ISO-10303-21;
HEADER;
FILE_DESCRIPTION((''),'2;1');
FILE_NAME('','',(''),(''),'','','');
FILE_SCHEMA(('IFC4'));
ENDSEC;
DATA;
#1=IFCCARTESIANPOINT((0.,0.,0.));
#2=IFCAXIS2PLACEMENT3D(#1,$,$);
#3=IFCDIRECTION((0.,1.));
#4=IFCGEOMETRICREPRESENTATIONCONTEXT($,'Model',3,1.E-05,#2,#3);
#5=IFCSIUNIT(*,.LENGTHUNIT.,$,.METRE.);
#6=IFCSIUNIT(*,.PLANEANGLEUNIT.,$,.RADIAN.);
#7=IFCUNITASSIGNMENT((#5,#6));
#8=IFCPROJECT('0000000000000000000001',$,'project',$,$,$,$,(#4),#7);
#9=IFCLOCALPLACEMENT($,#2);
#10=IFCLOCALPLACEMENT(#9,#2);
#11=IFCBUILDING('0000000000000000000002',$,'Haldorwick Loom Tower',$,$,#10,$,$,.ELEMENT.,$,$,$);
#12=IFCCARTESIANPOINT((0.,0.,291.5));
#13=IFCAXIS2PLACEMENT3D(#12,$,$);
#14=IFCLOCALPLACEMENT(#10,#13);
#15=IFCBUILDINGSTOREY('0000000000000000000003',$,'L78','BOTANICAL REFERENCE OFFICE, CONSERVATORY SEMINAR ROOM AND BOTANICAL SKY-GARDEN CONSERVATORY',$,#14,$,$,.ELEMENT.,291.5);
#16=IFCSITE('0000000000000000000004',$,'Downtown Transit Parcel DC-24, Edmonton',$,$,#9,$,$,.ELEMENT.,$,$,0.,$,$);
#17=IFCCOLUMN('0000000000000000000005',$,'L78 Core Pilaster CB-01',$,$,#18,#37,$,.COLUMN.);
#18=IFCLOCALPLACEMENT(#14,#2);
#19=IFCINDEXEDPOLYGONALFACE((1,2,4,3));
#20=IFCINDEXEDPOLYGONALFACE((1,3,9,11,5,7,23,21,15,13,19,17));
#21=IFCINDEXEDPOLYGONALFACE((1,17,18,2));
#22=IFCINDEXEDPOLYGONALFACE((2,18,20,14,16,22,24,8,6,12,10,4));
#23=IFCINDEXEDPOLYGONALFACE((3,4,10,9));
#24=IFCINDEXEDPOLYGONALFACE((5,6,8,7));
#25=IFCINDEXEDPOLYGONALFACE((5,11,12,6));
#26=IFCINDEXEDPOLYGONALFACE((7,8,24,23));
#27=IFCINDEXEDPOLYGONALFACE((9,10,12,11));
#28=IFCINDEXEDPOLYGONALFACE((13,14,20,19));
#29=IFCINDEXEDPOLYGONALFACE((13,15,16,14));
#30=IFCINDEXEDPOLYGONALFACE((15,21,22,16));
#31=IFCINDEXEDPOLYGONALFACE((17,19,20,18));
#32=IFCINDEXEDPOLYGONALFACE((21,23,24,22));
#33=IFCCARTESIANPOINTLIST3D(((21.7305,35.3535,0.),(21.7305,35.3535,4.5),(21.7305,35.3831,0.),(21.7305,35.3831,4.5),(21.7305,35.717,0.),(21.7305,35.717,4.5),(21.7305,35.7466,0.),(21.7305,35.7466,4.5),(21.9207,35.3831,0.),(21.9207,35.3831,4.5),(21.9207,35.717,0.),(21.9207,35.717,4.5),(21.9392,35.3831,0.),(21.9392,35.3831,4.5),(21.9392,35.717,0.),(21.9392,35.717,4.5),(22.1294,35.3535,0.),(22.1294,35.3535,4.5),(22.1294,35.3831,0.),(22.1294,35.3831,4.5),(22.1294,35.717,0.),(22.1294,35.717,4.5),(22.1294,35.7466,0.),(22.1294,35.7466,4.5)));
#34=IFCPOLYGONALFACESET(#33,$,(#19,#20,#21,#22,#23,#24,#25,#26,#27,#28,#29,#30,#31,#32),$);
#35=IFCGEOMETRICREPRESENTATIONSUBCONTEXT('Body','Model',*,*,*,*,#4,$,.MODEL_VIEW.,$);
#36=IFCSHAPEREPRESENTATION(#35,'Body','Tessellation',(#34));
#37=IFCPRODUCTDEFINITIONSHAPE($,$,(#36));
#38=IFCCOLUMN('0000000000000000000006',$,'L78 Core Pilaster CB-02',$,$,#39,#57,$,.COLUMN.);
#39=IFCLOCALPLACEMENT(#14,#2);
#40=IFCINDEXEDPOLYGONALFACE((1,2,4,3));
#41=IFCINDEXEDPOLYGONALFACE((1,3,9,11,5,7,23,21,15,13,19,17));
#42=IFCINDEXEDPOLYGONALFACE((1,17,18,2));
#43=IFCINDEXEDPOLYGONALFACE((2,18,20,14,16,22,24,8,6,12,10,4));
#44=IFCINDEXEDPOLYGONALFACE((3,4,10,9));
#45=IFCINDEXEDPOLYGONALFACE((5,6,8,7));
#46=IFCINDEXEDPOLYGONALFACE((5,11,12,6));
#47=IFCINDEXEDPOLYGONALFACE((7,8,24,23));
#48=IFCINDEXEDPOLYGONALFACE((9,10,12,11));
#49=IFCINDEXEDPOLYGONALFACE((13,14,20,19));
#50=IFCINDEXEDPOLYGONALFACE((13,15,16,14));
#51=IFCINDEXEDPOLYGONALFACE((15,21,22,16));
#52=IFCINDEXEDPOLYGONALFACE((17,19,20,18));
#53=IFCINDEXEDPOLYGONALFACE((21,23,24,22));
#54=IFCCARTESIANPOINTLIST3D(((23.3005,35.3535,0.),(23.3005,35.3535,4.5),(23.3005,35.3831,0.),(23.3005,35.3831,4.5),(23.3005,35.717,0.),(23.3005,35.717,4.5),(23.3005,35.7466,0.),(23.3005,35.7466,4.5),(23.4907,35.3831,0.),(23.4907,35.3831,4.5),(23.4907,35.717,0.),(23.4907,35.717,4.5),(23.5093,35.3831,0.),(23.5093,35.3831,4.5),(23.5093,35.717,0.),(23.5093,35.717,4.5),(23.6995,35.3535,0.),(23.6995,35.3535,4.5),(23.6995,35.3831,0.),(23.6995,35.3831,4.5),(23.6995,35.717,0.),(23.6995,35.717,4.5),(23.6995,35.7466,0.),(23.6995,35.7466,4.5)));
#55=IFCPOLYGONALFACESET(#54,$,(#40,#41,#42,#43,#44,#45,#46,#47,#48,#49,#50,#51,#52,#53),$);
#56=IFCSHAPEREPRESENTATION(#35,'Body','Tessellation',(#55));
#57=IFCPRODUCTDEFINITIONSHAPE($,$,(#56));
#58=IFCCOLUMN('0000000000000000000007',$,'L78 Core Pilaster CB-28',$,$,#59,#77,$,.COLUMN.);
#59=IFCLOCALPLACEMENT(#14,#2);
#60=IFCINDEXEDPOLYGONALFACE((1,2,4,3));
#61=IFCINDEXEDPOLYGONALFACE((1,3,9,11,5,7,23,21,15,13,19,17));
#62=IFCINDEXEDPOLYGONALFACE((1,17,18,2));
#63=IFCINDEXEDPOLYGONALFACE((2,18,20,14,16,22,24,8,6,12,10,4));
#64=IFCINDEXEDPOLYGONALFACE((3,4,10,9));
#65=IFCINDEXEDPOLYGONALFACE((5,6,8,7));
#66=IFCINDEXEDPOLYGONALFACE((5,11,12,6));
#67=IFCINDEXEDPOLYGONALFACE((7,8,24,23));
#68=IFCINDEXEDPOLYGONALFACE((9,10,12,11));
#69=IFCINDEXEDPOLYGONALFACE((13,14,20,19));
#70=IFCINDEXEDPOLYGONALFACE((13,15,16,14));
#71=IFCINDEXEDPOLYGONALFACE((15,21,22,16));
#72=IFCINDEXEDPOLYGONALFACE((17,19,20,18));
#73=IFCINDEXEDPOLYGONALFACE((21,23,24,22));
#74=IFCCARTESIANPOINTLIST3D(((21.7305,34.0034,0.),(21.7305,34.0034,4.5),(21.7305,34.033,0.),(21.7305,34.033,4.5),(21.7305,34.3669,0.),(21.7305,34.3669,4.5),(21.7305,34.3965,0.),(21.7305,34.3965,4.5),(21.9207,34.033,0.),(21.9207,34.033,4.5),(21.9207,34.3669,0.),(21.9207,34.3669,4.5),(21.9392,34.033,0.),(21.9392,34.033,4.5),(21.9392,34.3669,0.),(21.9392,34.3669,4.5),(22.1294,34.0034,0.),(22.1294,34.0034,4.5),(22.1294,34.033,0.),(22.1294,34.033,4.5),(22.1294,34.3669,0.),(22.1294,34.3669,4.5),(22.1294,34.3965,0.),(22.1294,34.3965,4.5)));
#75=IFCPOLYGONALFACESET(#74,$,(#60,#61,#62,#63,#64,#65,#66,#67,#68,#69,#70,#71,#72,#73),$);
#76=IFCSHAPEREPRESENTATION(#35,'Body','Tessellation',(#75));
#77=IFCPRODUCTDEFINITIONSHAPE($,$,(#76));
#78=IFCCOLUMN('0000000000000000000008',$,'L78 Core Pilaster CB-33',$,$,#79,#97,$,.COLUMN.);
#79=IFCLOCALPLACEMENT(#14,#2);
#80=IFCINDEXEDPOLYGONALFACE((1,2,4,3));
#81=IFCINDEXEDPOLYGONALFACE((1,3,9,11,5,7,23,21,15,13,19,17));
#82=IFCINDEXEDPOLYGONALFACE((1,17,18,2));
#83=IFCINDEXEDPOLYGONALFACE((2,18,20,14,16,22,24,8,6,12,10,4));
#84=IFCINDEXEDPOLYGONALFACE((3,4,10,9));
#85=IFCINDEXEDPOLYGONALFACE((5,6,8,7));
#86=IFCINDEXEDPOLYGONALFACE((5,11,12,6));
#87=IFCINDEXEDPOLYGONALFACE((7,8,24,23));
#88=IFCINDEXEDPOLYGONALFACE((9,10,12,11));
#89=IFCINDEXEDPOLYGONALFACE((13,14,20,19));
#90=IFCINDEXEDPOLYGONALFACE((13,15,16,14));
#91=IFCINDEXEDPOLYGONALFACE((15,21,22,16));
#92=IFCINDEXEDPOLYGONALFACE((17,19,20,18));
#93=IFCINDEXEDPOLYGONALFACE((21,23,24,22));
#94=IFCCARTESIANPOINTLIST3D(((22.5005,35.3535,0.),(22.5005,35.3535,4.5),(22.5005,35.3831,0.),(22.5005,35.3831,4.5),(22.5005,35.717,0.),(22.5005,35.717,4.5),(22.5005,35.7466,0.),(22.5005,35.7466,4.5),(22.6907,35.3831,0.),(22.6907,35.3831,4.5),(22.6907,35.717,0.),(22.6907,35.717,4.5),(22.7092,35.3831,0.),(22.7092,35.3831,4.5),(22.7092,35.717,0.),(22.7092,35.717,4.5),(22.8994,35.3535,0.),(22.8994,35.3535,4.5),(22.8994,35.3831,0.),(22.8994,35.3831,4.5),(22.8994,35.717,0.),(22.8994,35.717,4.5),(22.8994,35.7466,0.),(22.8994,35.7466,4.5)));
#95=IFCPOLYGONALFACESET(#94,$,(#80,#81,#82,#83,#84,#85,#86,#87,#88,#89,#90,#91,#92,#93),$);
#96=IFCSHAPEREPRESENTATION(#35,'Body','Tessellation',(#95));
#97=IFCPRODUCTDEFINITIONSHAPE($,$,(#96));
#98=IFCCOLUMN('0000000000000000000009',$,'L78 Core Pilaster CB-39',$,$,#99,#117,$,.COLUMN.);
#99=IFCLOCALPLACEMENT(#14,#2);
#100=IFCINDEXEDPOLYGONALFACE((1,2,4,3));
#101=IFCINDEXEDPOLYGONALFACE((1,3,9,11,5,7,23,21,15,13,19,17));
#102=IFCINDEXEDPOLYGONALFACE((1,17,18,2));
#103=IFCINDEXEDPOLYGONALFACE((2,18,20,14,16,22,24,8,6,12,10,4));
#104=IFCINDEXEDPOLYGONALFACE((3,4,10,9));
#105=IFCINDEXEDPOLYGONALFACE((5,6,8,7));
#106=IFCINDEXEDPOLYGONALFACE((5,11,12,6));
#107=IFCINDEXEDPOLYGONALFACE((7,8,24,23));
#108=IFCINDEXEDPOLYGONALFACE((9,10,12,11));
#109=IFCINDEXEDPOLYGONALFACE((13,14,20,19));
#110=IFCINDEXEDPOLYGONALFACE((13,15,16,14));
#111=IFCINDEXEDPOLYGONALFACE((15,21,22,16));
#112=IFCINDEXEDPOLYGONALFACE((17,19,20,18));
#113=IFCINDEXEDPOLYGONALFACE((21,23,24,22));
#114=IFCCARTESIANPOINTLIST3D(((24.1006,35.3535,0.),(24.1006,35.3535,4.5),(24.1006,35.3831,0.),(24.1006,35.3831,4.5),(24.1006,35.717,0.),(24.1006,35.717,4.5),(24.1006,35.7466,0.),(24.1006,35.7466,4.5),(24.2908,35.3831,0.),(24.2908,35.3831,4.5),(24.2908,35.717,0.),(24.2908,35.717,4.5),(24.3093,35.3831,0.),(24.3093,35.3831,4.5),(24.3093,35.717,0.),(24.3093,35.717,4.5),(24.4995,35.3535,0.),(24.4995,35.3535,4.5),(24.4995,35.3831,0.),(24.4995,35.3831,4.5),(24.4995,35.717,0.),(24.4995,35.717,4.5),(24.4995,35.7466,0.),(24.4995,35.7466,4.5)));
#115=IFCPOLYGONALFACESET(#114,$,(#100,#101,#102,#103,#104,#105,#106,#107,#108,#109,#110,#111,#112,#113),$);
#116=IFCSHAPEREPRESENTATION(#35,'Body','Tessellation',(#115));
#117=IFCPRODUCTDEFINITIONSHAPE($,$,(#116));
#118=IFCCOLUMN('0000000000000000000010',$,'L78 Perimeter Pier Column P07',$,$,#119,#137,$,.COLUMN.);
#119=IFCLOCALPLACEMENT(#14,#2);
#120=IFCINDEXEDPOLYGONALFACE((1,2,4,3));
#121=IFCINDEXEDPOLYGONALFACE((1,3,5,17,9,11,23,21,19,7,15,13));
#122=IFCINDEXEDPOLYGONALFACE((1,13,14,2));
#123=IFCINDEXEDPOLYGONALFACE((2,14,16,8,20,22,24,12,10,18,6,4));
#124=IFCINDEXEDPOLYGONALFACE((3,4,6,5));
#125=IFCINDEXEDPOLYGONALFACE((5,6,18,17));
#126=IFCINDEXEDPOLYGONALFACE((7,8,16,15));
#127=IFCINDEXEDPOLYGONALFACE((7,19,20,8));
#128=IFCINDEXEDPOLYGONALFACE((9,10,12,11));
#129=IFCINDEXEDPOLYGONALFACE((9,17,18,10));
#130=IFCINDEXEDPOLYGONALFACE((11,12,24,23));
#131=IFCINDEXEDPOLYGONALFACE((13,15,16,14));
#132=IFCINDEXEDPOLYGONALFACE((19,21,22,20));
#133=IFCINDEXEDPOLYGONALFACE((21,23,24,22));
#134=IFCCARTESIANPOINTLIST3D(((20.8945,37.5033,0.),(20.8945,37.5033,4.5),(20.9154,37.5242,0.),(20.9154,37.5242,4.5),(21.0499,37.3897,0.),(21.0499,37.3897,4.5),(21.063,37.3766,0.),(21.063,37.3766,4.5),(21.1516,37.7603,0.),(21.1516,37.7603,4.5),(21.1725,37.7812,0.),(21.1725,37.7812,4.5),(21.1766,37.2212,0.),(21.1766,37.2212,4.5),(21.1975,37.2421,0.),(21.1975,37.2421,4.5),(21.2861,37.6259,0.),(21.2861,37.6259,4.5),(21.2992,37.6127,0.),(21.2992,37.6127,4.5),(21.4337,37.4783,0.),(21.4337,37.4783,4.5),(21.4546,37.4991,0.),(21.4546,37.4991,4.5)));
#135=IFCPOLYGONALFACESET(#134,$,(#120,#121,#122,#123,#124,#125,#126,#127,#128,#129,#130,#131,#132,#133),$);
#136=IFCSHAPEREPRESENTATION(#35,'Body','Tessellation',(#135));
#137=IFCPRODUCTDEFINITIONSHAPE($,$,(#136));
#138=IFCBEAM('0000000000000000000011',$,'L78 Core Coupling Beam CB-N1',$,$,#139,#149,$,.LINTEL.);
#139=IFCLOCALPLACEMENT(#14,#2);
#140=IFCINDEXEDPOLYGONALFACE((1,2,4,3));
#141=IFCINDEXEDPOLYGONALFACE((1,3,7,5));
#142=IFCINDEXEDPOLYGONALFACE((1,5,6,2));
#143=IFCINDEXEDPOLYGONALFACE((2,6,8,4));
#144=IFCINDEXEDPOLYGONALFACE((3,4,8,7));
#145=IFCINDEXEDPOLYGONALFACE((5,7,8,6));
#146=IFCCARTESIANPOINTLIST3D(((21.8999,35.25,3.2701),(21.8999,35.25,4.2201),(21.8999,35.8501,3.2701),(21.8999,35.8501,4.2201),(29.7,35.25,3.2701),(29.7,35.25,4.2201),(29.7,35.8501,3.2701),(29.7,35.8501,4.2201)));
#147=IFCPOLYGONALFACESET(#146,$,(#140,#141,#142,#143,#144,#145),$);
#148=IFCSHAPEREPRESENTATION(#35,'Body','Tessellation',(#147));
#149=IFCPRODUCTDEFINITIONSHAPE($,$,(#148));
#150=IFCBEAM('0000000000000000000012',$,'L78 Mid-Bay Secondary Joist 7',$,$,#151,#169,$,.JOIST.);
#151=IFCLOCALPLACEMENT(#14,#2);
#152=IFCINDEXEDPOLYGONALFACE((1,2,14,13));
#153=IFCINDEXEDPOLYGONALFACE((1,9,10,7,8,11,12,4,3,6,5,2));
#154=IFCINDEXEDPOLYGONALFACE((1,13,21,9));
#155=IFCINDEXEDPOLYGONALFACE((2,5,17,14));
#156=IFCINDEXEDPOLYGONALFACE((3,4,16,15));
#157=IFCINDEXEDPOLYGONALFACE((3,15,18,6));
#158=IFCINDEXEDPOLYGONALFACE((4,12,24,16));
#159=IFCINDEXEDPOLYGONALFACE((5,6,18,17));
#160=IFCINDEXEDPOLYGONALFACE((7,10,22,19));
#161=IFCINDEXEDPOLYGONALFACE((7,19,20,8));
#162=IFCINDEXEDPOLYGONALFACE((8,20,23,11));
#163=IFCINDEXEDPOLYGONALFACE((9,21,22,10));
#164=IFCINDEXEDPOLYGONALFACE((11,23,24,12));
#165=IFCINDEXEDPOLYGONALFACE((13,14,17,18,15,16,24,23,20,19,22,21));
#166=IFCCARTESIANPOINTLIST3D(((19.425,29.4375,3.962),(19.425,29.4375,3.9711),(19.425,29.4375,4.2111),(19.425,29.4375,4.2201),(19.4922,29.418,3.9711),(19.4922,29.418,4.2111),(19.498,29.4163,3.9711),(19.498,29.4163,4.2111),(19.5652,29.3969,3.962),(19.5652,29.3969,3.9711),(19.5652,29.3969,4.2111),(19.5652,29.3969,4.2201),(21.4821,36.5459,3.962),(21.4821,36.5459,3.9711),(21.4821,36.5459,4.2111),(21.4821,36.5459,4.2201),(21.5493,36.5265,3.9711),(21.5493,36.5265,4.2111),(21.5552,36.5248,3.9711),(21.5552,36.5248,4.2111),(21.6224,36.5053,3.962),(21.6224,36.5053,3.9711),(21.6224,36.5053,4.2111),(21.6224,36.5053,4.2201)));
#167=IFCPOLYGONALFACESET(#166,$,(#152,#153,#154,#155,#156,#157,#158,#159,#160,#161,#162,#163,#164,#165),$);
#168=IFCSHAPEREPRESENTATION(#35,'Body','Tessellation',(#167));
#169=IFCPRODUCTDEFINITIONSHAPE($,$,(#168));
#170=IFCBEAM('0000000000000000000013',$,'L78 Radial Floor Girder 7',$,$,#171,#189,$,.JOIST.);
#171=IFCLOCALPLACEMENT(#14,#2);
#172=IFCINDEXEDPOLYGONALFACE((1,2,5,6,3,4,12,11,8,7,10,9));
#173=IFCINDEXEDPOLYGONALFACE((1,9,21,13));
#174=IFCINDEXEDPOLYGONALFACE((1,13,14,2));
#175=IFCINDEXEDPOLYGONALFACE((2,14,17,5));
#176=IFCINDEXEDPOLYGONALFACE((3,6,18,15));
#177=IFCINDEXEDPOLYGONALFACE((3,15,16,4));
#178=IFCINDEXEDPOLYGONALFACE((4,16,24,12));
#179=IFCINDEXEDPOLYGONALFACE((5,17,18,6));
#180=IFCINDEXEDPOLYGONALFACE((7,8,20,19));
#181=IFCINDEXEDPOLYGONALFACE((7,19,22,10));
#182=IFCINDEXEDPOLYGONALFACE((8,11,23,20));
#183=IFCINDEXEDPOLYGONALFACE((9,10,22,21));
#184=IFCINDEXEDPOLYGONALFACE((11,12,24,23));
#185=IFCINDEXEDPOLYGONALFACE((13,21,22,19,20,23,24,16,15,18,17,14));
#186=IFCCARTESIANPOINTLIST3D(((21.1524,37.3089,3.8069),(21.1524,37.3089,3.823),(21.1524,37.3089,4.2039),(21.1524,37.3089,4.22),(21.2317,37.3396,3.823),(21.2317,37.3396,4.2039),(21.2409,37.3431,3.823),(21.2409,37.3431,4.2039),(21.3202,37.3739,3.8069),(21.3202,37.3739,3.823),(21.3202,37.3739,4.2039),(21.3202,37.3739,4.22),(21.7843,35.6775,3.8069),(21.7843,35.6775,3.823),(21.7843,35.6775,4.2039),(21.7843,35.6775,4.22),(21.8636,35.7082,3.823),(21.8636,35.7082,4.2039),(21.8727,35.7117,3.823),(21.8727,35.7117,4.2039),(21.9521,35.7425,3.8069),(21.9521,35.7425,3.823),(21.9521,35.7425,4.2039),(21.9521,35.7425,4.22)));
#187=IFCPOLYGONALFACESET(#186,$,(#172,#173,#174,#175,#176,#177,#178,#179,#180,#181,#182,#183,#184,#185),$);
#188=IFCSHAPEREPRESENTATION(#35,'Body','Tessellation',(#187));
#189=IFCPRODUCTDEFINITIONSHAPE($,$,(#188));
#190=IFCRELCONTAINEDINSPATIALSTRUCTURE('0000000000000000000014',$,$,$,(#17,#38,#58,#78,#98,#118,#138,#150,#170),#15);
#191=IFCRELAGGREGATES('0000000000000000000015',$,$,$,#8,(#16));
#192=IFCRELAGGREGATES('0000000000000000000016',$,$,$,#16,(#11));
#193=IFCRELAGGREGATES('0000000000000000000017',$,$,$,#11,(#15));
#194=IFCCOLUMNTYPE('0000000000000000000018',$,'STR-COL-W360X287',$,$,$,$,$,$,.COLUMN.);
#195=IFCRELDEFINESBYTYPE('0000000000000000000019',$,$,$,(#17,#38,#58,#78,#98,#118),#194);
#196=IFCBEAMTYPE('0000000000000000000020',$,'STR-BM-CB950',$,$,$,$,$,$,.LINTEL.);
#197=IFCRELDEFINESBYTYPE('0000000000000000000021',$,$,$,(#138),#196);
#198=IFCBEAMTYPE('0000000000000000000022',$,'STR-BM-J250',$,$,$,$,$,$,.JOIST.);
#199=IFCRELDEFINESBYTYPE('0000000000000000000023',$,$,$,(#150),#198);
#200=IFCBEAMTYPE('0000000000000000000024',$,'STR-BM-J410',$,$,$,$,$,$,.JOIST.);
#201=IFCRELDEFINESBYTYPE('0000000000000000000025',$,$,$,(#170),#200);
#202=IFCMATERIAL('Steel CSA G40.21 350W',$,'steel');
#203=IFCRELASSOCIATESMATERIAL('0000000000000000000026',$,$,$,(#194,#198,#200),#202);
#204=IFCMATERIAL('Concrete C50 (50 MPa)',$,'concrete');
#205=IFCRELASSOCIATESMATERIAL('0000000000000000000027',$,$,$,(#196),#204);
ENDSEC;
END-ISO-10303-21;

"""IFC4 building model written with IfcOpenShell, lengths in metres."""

from ifc_helpers import new_model, si_unit, direction, frame, origin, origin_2d, place, context, subcontext, project, spatial, rectangle, i_section, extrude, material, material_profile, profile_set, type_object, element, save


model = new_model("IFC4")

# Units and contexts
model_context = context("Model", 3, precision=1e-05, world=origin(), true_north=direction((0.0, 1.0)))
body_context = subcontext(model_context, "Body", "Model", "MODEL_VIEW")
ifc_project = project(units=[si_unit("LENGTHUNIT", "METRE"), si_unit("PLANEANGLEUNIT", "RADIAN")], contexts=[model_context])

# Site, building, storey
site_placement = place(None, origin())
site = spatial("IfcSite", under=ifc_project, at=site_placement, Name="Downtown Transit Parcel DC-24, Edmonton", CompositionType="ELEMENT", RefElevation=0.0)
building_placement = place(site_placement, origin())
building = spatial("IfcBuilding", under=site, at=building_placement, Name="Haldorwick Loom Tower", CompositionType="ELEMENT")
storey_placement = place(building_placement, frame((0.0, 0.0, 291.5)))
storey = spatial("IfcBuildingStorey", under=building, at=storey_placement, Name="L78", Description="BOTANICAL REFERENCE OFFICE, CONSERVATORY SEMINAR ROOM AND BOTANICAL SKY-GARDEN CONSERVATORY", CompositionType="ELEMENT", Elevation=291.5)

# Columns
ifc_material_1 = material(Name="Steel CSA G40.21 350W", Category="steel")
ifc_material_profile_1 = material_profile(ifc_material_1, i_section(OverallWidth=0.3989, OverallDepth=0.3931, WebThickness=0.0186, FlangeThickness=0.0295, at=origin_2d()), Name="W360X287", Category="steel")
ifc_profile_set_1 = profile_set([ifc_material_profile_1], Name="Steel CSA G40.21 350W")
column_type = type_object("IfcColumnType", Name="STR-COL-W360X287", PredefinedType="COLUMN", material=ifc_profile_set_1)
for number, where, z_axis, x_axis, name in (
    (1, (21.9299, 35.55, 0.0), (0.0, 0.0, 1.0), (1.0, 0.0, 0.0), "L78 Core Pilaster CB-01"),
    (2, (23.5, 35.55, 0.0), (0.0, 0.0, 1.0), (1.0, 0.0, 0.0), "L78 Core Pilaster CB-02"),
    (3, (21.9299, 34.2, 0.0), (0.0, 0.0, 1.0), (1.0, 0.0, 0.0), "L78 Core Pilaster CB-28"),
    (4, (22.7, 35.55, 0.0), (0.0, 0.0, 1.0), (1.0, 0.0, 0.0), "L78 Core Pilaster CB-33"),
    (5, (24.3, 35.55, 0.0), (0.0, 0.0, 1.0), (1.0, 0.0, 0.0), "L78 Core Pilaster CB-39"),
    (6, (21.1746, 37.5012, 0.0), (0.0, 0.0, 1.0), (-0.707107, 0.707107, 0.0), "L78 Perimeter Pier Column P07"),
):
    element("IfcColumn", number, at=place(storey_placement, frame(where, z_axis=z_axis, x_axis=x_axis)), inside=storey, type_object=column_type, Name=name, PredefinedType="COLUMN", context=body_context, shape_type="SweptSolid", body=[
        extrude(i_section(OverallWidth=0.3989, OverallDepth=0.3931, WebThickness=0.0186, FlangeThickness=0.0295, at=origin_2d()), origin(), (0.0, 0.0, 1.0), 4.5),
    ])

# Beams
ifc_material_2 = material(Name="Concrete C50 (50 MPa)", Category="concrete")
ifc_material_profile_2 = material_profile(ifc_material_2, rectangle(XDim=0.6001, YDim=0.95, at=origin_2d()), Name="RC600X950", Category="concrete")
ifc_profile_set_2 = profile_set([ifc_material_profile_2], Name="Concrete C50 (50 MPa)")
beam_type_1 = type_object("IfcBeamType", Name="STR-BM-CB950", PredefinedType="LINTEL", material=ifc_profile_set_2)
beam_1_placement = place(storey_placement, frame((21.8999, 35.55, 3.7451), z_axis=(1.0, 0.0, 0.0), x_axis=(0.0, 1.0, 0.0)))
element("IfcBeam", 7, at=beam_1_placement, inside=storey, type_object=beam_type_1, Name="L78 Core Coupling Beam CB-N1", PredefinedType="LINTEL", context=body_context, shape_type="SweptSolid", body=[
    extrude(rectangle(XDim=0.6001, YDim=0.95, at=origin_2d()), origin(), (0.0, 0.0, 1.0), 7.8),
])
ifc_material_profile_3 = material_profile(ifc_material_1, i_section(OverallWidth=0.146, OverallDepth=0.2581, WebThickness=0.0061, FlangeThickness=0.009, at=origin_2d()), Name="W250X33", Category="steel")
ifc_profile_set_3 = profile_set([ifc_material_profile_3], Name="Steel CSA G40.21 350W")
beam_type_2 = type_object("IfcBeamType", Name="STR-BM-J250", PredefinedType="JOIST", material=ifc_profile_set_3)
beam_2_placement = place(storey_placement, frame((21.5522, 36.5256, 4.0911), z_axis=(-0.277988, -0.960585, 0.0), x_axis=(0.960585, -0.277988, 0.0)))
element("IfcBeam", 8, at=beam_2_placement, inside=storey, type_object=beam_type_2, Name="L78 Mid-Bay Secondary Joist 7", PredefinedType="JOIST", context=body_context, shape_type="SweptSolid", body=[
    extrude(i_section(OverallWidth=0.146, OverallDepth=0.2581, WebThickness=0.0061, FlangeThickness=0.009, at=origin_2d()), origin(), (0.0, 0.0, 1.0), 7.4001),
])
ifc_material_profile_4 = material_profile(ifc_material_1, i_section(OverallWidth=0.1799, OverallDepth=0.4131, WebThickness=0.0098, FlangeThickness=0.0161, at=origin_2d()), Name="W410X74", Category="steel")
ifc_profile_set_4 = profile_set([ifc_material_profile_4], Name="Steel CSA G40.21 350W")
beam_type_3 = type_object("IfcBeamType", Name="STR-BM-J410", PredefinedType="JOIST", material=ifc_profile_set_4)
beam_3_placement = place(storey_placement, frame((21.8682, 35.71, 4.0134), z_axis=(-0.361166, 0.932501, 0.0), x_axis=(-0.932501, -0.361166, 0.0)))
element("IfcBeam", 9, at=beam_3_placement, inside=storey, type_object=beam_type_3, Name="L78 Radial Floor Girder 7", PredefinedType="JOIST", context=body_context, shape_type="SweptSolid", body=[
    extrude(i_section(OverallWidth=0.1799, OverallDepth=0.4131, WebThickness=0.0098, FlangeThickness=0.0161, at=origin_2d()), origin(), (0.0, 0.0, 1.0), 1.7495),
])

save(model, "model.ifc")
